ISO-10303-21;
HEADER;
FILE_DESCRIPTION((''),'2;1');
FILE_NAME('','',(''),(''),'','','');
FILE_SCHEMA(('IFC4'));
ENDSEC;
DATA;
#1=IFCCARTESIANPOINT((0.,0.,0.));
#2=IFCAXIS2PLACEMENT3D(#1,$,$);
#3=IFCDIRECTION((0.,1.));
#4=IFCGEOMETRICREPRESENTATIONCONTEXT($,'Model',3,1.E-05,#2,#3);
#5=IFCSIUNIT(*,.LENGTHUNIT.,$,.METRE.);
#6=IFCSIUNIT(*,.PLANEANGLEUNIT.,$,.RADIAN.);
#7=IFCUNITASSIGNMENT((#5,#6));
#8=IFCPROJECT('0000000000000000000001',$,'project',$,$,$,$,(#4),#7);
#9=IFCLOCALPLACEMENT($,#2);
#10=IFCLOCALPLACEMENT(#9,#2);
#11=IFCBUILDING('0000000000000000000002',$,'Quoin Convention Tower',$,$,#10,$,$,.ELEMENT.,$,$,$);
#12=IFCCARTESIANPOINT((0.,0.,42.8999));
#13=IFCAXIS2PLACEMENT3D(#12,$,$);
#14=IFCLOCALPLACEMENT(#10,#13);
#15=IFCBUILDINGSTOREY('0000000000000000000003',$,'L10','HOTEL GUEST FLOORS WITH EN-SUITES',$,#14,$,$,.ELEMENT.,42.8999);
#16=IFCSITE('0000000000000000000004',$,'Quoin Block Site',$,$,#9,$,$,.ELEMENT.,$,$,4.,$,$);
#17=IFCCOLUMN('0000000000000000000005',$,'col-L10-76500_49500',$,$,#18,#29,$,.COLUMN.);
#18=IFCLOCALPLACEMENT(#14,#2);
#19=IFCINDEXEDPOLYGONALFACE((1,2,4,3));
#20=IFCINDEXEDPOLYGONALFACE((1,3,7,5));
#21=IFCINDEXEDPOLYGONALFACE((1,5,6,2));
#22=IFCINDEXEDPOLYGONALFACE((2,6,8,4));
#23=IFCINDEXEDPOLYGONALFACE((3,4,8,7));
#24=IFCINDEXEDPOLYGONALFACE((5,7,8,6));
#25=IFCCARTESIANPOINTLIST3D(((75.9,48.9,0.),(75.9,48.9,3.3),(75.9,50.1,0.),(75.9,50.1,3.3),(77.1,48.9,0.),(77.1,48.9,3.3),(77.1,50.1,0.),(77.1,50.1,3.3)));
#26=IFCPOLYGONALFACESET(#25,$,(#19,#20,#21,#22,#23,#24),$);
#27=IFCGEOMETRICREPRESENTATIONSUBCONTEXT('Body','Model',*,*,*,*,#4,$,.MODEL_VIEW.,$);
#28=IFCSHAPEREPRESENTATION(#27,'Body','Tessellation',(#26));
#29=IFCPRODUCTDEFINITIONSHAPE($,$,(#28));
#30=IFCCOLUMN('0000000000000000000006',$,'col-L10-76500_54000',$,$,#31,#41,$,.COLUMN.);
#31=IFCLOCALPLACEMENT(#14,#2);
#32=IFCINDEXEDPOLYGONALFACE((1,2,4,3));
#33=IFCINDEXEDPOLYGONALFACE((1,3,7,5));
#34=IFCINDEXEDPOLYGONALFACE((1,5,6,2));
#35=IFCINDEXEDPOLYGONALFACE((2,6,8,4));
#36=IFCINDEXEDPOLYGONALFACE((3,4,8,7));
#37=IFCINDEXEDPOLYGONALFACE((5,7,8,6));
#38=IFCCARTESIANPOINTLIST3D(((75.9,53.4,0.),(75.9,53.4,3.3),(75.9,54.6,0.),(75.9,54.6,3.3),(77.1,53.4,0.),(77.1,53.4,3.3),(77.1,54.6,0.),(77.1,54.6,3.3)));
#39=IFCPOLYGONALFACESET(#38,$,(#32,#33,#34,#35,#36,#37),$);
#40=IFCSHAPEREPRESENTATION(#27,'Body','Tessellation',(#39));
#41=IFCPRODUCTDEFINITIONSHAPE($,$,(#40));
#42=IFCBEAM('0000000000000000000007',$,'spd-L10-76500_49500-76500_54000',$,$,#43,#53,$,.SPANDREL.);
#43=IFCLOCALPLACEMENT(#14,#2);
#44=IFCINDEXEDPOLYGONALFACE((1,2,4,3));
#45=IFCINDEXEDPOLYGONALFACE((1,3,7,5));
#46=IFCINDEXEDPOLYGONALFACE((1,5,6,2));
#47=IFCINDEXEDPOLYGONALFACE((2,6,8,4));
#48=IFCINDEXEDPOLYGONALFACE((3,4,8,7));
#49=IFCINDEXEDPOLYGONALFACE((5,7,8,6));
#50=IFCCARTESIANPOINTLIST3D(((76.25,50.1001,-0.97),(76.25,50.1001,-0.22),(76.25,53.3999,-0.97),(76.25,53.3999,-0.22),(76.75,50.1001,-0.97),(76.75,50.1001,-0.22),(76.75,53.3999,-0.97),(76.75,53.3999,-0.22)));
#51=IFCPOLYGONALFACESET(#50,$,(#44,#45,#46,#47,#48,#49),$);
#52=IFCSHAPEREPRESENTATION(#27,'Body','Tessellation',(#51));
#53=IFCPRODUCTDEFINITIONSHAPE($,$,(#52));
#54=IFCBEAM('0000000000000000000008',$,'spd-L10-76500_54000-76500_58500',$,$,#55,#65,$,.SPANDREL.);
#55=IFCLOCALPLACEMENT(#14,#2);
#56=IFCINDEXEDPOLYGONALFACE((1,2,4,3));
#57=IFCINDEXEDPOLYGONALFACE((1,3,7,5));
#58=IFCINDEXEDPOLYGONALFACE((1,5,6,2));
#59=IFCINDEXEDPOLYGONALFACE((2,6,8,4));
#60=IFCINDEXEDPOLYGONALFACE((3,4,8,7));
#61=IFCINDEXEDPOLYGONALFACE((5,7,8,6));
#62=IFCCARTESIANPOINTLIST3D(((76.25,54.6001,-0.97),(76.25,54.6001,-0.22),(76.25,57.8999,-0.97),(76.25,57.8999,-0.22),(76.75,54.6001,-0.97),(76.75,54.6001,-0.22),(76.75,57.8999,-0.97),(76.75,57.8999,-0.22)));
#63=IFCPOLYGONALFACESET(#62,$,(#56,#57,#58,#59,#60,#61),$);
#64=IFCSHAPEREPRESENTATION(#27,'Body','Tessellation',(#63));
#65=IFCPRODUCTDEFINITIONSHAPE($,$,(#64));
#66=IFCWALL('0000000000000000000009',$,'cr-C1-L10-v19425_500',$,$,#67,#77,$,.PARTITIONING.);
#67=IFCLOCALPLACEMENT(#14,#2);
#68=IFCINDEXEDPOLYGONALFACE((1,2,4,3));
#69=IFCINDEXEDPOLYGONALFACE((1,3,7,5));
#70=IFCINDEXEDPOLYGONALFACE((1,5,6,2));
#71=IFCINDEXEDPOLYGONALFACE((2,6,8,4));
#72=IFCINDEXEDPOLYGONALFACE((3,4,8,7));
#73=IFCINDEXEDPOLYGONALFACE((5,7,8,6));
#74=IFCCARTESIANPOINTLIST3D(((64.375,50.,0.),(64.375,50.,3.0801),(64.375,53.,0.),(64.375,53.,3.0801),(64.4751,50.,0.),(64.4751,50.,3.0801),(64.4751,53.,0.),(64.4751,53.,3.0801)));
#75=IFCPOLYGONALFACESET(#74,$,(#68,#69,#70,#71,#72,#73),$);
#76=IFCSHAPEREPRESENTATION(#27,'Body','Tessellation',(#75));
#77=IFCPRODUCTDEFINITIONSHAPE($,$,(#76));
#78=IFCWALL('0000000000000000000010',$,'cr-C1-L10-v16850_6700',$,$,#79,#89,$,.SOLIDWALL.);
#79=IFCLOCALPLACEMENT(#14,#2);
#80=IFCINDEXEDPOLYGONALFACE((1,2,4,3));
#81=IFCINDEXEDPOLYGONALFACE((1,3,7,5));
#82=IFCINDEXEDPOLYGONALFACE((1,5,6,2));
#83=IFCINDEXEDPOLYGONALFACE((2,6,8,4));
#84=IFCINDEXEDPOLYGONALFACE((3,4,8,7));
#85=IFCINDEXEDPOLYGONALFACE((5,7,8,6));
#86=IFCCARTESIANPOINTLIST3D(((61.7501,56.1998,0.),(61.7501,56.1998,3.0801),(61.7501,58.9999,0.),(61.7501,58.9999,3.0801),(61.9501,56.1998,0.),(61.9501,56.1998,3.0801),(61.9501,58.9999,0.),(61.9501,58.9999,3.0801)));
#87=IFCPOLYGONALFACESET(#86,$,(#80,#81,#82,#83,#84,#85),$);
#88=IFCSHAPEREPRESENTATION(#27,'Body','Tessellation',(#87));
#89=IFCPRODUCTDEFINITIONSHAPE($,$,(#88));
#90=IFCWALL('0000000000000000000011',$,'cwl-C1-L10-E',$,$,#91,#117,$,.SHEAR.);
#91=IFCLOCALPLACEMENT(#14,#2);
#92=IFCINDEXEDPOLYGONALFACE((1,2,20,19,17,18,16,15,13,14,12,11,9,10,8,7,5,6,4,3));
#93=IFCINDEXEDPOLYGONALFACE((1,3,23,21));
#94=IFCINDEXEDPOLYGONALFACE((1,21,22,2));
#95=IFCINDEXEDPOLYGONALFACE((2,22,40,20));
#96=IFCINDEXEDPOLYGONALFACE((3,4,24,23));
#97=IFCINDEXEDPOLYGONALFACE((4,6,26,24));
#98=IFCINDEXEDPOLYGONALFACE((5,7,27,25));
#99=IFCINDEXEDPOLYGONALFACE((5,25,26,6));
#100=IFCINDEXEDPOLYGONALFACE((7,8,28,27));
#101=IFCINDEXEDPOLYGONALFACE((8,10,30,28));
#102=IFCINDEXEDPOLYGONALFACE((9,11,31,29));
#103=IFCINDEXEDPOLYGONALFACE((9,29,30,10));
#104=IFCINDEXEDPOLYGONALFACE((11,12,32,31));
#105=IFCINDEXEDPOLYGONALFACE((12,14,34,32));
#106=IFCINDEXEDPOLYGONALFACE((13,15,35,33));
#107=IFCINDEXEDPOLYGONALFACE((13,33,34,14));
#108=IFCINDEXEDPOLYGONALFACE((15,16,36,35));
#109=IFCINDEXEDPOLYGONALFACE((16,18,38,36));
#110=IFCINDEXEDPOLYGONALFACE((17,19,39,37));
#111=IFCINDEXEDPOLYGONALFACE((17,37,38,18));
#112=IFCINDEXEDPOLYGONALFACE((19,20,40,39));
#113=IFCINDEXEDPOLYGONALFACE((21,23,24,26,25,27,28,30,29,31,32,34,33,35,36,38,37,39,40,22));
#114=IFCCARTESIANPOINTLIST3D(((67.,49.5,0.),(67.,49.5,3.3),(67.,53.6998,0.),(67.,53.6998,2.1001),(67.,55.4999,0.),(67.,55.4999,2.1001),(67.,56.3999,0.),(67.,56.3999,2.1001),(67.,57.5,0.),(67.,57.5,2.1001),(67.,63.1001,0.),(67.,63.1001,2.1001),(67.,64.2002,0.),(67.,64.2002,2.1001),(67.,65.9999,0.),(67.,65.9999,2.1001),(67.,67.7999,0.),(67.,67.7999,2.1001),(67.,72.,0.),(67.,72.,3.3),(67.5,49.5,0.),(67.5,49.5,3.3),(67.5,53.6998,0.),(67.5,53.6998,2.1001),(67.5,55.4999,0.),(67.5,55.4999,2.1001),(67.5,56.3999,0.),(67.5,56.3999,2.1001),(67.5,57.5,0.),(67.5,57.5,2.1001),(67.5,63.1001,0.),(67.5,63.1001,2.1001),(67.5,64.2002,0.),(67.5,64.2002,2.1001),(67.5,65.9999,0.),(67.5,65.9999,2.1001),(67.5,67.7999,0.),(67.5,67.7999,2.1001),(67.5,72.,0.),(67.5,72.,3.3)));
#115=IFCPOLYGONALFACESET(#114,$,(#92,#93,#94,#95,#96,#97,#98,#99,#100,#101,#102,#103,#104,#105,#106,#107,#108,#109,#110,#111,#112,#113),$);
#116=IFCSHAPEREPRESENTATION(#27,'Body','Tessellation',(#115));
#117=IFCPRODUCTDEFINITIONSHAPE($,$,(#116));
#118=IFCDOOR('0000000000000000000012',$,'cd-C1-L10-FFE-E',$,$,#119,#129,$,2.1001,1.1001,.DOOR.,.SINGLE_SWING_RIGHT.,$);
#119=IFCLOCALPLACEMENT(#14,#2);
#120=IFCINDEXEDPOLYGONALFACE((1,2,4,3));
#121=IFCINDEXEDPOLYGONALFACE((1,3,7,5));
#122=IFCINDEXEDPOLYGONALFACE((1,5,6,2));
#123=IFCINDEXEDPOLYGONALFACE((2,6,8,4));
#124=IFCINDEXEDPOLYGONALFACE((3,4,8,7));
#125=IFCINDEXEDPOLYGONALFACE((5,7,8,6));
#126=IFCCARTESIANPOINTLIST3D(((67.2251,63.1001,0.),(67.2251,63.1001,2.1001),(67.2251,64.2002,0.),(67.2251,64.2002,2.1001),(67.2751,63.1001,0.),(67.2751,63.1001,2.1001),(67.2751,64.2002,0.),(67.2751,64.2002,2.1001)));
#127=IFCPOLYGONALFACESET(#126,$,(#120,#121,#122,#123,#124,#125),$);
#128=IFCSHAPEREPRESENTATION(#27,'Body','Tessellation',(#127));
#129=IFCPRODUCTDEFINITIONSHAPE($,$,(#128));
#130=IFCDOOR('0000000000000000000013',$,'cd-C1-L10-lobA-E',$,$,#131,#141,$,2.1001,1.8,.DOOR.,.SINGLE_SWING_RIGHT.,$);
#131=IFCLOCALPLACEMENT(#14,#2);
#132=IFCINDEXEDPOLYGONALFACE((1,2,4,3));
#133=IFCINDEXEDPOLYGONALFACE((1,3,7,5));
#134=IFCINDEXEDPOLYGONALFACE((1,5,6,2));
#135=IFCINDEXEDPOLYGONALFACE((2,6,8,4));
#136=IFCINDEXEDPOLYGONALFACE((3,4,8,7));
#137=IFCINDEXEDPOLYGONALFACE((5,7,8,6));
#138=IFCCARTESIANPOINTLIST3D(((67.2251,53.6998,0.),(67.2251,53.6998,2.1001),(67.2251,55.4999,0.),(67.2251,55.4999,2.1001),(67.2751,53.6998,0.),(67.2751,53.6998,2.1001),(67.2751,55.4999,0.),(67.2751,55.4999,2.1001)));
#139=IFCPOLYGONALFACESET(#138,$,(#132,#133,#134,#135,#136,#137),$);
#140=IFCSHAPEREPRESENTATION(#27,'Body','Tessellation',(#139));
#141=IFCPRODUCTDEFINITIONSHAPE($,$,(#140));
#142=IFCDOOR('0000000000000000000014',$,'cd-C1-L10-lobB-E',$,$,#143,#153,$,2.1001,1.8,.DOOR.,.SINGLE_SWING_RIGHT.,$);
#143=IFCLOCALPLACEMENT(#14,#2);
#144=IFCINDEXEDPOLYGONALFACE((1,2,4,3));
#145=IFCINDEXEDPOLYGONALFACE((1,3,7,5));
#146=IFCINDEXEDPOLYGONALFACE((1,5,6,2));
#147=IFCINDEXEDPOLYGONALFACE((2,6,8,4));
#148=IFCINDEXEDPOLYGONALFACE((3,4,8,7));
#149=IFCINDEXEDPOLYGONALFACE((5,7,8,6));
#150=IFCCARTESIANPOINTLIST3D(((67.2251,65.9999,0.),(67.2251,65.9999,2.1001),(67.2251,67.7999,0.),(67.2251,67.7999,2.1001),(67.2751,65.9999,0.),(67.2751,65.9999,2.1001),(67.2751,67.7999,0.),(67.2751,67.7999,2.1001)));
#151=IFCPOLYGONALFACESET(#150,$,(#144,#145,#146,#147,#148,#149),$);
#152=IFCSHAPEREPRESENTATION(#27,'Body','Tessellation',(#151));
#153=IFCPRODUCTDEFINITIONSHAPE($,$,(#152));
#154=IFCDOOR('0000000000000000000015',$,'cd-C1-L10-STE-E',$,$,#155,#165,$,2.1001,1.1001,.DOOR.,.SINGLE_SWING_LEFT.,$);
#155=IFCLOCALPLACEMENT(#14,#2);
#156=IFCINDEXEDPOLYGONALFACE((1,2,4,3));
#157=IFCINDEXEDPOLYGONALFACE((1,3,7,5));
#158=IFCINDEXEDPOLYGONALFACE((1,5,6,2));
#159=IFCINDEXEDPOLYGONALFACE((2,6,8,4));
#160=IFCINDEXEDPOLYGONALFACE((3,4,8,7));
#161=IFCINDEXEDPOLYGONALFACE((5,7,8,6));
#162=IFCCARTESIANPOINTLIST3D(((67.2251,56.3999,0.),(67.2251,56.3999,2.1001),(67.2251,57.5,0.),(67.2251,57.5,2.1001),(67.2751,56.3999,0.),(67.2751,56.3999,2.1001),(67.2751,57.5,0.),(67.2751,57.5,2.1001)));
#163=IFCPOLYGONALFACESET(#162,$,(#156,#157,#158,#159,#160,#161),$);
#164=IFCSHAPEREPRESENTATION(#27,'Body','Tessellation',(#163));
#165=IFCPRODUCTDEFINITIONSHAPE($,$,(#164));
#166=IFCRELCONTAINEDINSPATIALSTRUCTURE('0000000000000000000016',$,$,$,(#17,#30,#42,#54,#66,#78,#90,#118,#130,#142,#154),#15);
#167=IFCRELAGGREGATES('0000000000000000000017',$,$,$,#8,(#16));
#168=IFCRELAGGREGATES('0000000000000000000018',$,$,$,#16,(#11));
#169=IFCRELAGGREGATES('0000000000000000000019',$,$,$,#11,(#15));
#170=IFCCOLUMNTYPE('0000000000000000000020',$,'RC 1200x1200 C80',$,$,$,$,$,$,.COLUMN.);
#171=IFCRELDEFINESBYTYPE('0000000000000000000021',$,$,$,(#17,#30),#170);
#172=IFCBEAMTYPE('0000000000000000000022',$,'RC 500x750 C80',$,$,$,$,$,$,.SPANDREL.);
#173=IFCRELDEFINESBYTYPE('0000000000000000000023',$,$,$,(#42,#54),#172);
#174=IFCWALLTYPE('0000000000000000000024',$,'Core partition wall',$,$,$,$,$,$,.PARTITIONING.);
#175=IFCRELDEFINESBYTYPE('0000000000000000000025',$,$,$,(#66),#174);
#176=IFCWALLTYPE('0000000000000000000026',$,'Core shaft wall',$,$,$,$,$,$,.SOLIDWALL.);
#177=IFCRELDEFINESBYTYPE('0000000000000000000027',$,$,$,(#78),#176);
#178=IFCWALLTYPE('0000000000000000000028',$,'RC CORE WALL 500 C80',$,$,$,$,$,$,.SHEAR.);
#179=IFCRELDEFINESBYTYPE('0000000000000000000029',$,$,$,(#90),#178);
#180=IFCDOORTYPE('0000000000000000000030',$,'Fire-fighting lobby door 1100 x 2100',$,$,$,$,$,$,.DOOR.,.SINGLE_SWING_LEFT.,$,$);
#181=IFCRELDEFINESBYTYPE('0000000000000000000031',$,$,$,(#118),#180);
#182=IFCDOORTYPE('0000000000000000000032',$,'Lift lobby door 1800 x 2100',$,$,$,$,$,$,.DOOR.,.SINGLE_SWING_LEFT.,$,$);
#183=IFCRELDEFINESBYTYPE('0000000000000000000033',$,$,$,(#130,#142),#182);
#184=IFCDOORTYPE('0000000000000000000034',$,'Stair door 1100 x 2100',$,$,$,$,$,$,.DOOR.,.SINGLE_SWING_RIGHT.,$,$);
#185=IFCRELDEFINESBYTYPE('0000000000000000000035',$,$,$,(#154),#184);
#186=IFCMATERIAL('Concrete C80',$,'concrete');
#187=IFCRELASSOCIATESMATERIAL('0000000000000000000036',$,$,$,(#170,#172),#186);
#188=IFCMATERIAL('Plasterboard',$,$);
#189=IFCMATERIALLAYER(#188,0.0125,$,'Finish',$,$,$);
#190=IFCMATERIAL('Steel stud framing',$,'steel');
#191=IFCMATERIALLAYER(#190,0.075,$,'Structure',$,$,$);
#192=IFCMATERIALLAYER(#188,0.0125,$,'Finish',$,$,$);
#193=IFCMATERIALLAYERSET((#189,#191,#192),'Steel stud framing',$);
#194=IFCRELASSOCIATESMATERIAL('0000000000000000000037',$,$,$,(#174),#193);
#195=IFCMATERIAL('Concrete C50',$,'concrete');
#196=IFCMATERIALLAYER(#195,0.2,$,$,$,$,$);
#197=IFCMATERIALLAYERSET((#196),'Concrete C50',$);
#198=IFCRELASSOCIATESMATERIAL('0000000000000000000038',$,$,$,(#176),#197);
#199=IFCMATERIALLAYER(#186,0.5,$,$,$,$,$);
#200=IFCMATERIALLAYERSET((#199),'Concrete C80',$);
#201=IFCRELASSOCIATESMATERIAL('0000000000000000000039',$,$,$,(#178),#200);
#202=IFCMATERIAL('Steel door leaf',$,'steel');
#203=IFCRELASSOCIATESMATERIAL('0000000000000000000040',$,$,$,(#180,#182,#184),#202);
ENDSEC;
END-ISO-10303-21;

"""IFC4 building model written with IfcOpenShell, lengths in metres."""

from ifc_helpers import new_model, si_unit, direction, frame, frame_2d, origin, origin_2d, place, context, subcontext, project, spatial, rectangle, extrude, material, layer, layer_set, material_profile, profile_set, type_object, element, fill, save


model = new_model("IFC4")

# Units and contexts
model_context = context("Model", 3, precision=1e-05, world=origin(), true_north=direction((0.0, 1.0)))
body_context = subcontext(model_context, "Body", "Model", "MODEL_VIEW")
ifc_project = project(units=[si_unit("LENGTHUNIT", "METRE"), si_unit("PLANEANGLEUNIT", "RADIAN")], contexts=[model_context])

# Site, building, storey
site_placement = place(None, origin())
site = spatial("IfcSite", under=ifc_project, at=site_placement, Name="Quoin Block Site", CompositionType="ELEMENT", RefElevation=4.0)
building_placement = place(site_placement, origin())
building = spatial("IfcBuilding", under=site, at=building_placement, Name="Quoin Convention Tower", CompositionType="ELEMENT")
storey_placement = place(building_placement, frame((0.0, 0.0, 42.8999)))
storey = spatial("IfcBuildingStorey", under=building, at=storey_placement, Name="L10", Description="HOTEL GUEST FLOORS WITH EN-SUITES", CompositionType="ELEMENT", Elevation=42.8999)

# Columns
ifc_material_1 = material(Name="Concrete C80", Category="concrete")
ifc_material_profile_1 = material_profile(ifc_material_1, rectangle(XDim=1.2, YDim=1.2, at=origin_2d()), Name="RC 1200x1200")
ifc_profile_set_1 = profile_set([ifc_material_profile_1], Name="Concrete C80")
column_type = type_object("IfcColumnType", Name="RC 1200x1200 C80", PredefinedType="COLUMN", material=ifc_profile_set_1)
for number, where, z_axis, x_axis, name in (
    (1, (76.5, 49.5, 0.0), (0.0, 0.0, 1.0), (1.0, 0.0, 0.0), "col-L10-76500_49500"),
    (2, (76.5, 54.0, 0.0), (0.0, 0.0, 1.0), (1.0, 0.0, 0.0), "col-L10-76500_54000"),
):
    element("IfcColumn", number, at=place(storey_placement, frame(where, z_axis=z_axis, x_axis=x_axis)), inside=storey, type_object=column_type, Name=name, PredefinedType="COLUMN", context=body_context, shape_type="SweptSolid", body=[
        extrude(rectangle(XDim=1.2, YDim=1.2, at=origin_2d()), origin(), (0.0, 0.0, 1.0), 3.3),
    ])

# Beams
ifc_material_profile_2 = material_profile(ifc_material_1, rectangle(XDim=0.5, YDim=0.75, at=origin_2d()), Name="RC 500x750")
ifc_profile_set_2 = profile_set([ifc_material_profile_2], Name="Concrete C80")
beam_type = type_object("IfcBeamType", Name="RC 500x750 C80", PredefinedType="SPANDREL", material=ifc_profile_set_2)
for number, where, z_axis, x_axis, name in (
    (3, (76.5, 50.1001, -0.595), (0.0, 1.0, 0.0), (-1.0, 0.0, 0.0), "spd-L10-76500_49500-76500_54000"),
    (4, (76.5, 54.6001, -0.595), (0.0, 1.0, 0.0), (-1.0, 0.0, 0.0), "spd-L10-76500_54000-76500_58500"),
):
    element("IfcBeam", number, at=place(storey_placement, frame(where, z_axis=z_axis, x_axis=x_axis)), inside=storey, type_object=beam_type, Name=name, PredefinedType="SPANDREL", context=body_context, shape_type="SweptSolid", body=[
        extrude(rectangle(XDim=0.5, YDim=0.75, at=origin_2d()), origin(), (0.0, 0.0, 1.0), 3.2998),
    ])

# Walls
ifc_material_2 = material(Name="Plasterboard")
ifc_layer_1 = layer(ifc_material_2, 0.0125, Name="Finish")
ifc_material_3 = material(Name="Steel stud framing", Category="steel")
ifc_layer_2 = layer(ifc_material_3, 0.075, Name="Structure")
ifc_layer_3 = layer(ifc_material_2, 0.0125, Name="Finish")
ifc_layer_set_1 = layer_set([ifc_layer_1, ifc_layer_2, ifc_layer_3], Name="Steel stud framing")
wall_type_1 = type_object("IfcWallType", Name="Core partition wall", PredefinedType="PARTITIONING", material=ifc_layer_set_1)
wall_1_placement = place(storey_placement, frame((64.425, 50.0, 0.0), z_axis=(0.0, 0.0, 1.0), x_axis=(0.0, 1.0, 0.0)))
element("IfcWall", 5, at=wall_1_placement, inside=storey, type_object=wall_type_1, Name="cr-C1-L10-v19425_500", PredefinedType="PARTITIONING", context=body_context, shape_type="SweptSolid", body=[
    extrude(rectangle(XDim=3.0, YDim=0.1001, at=frame_2d((1.5, 0.0))), origin(), (0.0, 0.0, 1.0), 3.0801),
])
ifc_material_4 = material(Name="Concrete C50", Category="concrete")
ifc_layer_4 = layer(ifc_material_4, 0.2)
ifc_layer_set_2 = layer_set([ifc_layer_4], Name="Concrete C50")
wall_type_2 = type_object("IfcWallType", Name="Core shaft wall", PredefinedType="SOLIDWALL", material=ifc_layer_set_2)
wall_2_placement = place(storey_placement, frame((61.8501, 56.2, 0.0), z_axis=(0.0, 0.0, 1.0), x_axis=(0.0, 1.0, 0.0)))
element("IfcWall", 6, at=wall_2_placement, inside=storey, type_object=wall_type_2, Name="cr-C1-L10-v16850_6700", PredefinedType="SOLIDWALL", context=body_context, shape_type="SweptSolid", body=[
    extrude(rectangle(XDim=2.8, YDim=0.2, at=frame_2d((1.3999, 0.0))), origin(), (0.0, 0.0, 1.0), 3.0801),
])

# Wall, openings, doors
ifc_layer_5 = layer(ifc_material_1, 0.5)
ifc_layer_set_3 = layer_set([ifc_layer_5], Name="Concrete C80")
wall_type_3 = type_object("IfcWallType", Name="RC CORE WALL 500 C80", PredefinedType="SHEAR", material=ifc_layer_set_3)
wall_3_placement = place(storey_placement, frame((67.25, 49.5, 0.0), z_axis=(0.0, 0.0, 1.0), x_axis=(0.0, 1.0, 0.0)))
wall_3 = element("IfcWall", 7, at=wall_3_placement, inside=storey, type_object=wall_type_3, Name="cwl-C1-L10-E", PredefinedType="SHEAR", context=body_context, shape_type="SweptSolid", body=[
    extrude(rectangle(XDim=22.5, YDim=0.5, at=frame_2d((11.25, 0.0))), origin(), (0.0, 0.0, 1.0), 3.3),
])
opening_1_placement = place(wall_3_placement, frame((4.2, 0.0, 0.0)))
opening_1 = element("IfcOpeningElement", 8, at=opening_1_placement, cuts=wall_3, PredefinedType="OPENING", context=body_context, shape_type="SweptSolid", body=[
    extrude(rectangle(XDim=1.8, YDim=2.1001, at=frame_2d((0.8999, 1.05))), frame((0.0, 0.26, 0.0), z_axis=(0.0, -1.0, 0.0), x_axis=(1.0, 0.0, 0.0)), (0.0, 0.0, 1.0), 0.52),
])
opening_2_placement = place(wall_3_placement, frame((6.8999, 0.0, 0.0)))
opening_2 = element("IfcOpeningElement", 9, at=opening_2_placement, cuts=wall_3, PredefinedType="OPENING", context=body_context, shape_type="SweptSolid", body=[
    extrude(rectangle(XDim=1.1001, YDim=2.1001, at=frame_2d((0.55, 1.05))), frame((0.0, 0.26, 0.0), z_axis=(0.0, -1.0, 0.0), x_axis=(1.0, 0.0, 0.0)), (0.0, 0.0, 1.0), 0.52),
])
opening_3_placement = place(wall_3_placement, frame((13.6001, 0.0, 0.0)))
opening_3 = element("IfcOpeningElement", 10, at=opening_3_placement, cuts=wall_3, PredefinedType="OPENING", context=body_context, shape_type="SweptSolid", body=[
    extrude(rectangle(XDim=1.1001, YDim=2.1001, at=frame_2d((0.55, 1.05))), frame((0.0, 0.26, 0.0), z_axis=(0.0, -1.0, 0.0), x_axis=(1.0, 0.0, 0.0)), (0.0, 0.0, 1.0), 0.52),
])
opening_4_placement = place(wall_3_placement, frame((16.5, 0.0, 0.0)))
opening_4 = element("IfcOpeningElement", 11, at=opening_4_placement, cuts=wall_3, PredefinedType="OPENING", context=body_context, shape_type="SweptSolid", body=[
    extrude(rectangle(XDim=1.8, YDim=2.1001, at=frame_2d((0.8999, 1.05))), frame((0.0, 0.26, 0.0), z_axis=(0.0, -1.0, 0.0), x_axis=(1.0, 0.0, 0.0)), (0.0, 0.0, 1.0), 0.52),
])
ifc_material_5 = material(Name="Steel door leaf", Category="steel")
door_type_1 = type_object("IfcDoorType", Name="Fire-fighting lobby door 1100 x 2100", OperationType="SINGLE_SWING_LEFT", PredefinedType="DOOR", material=ifc_material_5)
door_1_placement = place(opening_3_placement, origin())
door_1 = element("IfcDoor", 12, at=door_1_placement, inside=storey, type_object=door_type_1, Name="cd-C1-L10-FFE-E", OperationType="SINGLE_SWING_RIGHT", OverallHeight=2.1001, OverallWidth=1.1001, PredefinedType="DOOR", context=body_context, shape_type="SweptSolid", body=[
    extrude(rectangle(XDim=1.1001, YDim=2.1001, at=frame_2d((0.55, 1.05))), frame((0.0, 0.0249, 0.0), z_axis=(0.0, -1.0, 0.0), x_axis=(1.0, 0.0, 0.0)), (0.0, 0.0, 1.0), 0.05),
])
fill(opening_3, door_1)
door_type_2 = type_object("IfcDoorType", Name="Lift lobby door 1800 x 2100", OperationType="SINGLE_SWING_LEFT", PredefinedType="DOOR", material=ifc_material_5)
door_2_placement = place(opening_1_placement, origin())
door_2 = element("IfcDoor", 13, at=door_2_placement, inside=storey, type_object=door_type_2, Name="cd-C1-L10-lobA-E", OperationType="SINGLE_SWING_RIGHT", OverallHeight=2.1001, OverallWidth=1.8, PredefinedType="DOOR", context=body_context, shape_type="SweptSolid", body=[
    extrude(rectangle(XDim=1.8, YDim=2.1001, at=frame_2d((0.8999, 1.05))), frame((0.0, 0.0249, 0.0), z_axis=(0.0, -1.0, 0.0), x_axis=(1.0, 0.0, 0.0)), (0.0, 0.0, 1.0), 0.05),
])
fill(opening_1, door_2)
door_3_placement = place(opening_4_placement, origin())
door_3 = element("IfcDoor", 14, at=door_3_placement, inside=storey, type_object=door_type_2, Name="cd-C1-L10-lobB-E", OperationType="SINGLE_SWING_RIGHT", OverallHeight=2.1001, OverallWidth=1.8, PredefinedType="DOOR", context=body_context, shape_type="SweptSolid", body=[
    extrude(rectangle(XDim=1.8, YDim=2.1001, at=frame_2d((0.8999, 1.05))), frame((0.0, 0.0249, 0.0), z_axis=(0.0, -1.0, 0.0), x_axis=(1.0, 0.0, 0.0)), (0.0, 0.0, 1.0), 0.05),
])
fill(opening_4, door_3)
door_type_3 = type_object("IfcDoorType", Name="Stair door 1100 x 2100", OperationType="SINGLE_SWING_RIGHT", PredefinedType="DOOR", material=ifc_material_5)
door_4_placement = place(opening_2_placement, origin())
door_4 = element("IfcDoor", 15, at=door_4_placement, inside=storey, type_object=door_type_3, Name="cd-C1-L10-STE-E", OperationType="SINGLE_SWING_LEFT", OverallHeight=2.1001, OverallWidth=1.1001, PredefinedType="DOOR", context=body_context, shape_type="SweptSolid", body=[
    extrude(rectangle(XDim=1.1001, YDim=2.1001, at=frame_2d((0.55, 1.05))), frame((0.0, 0.0249, 0.0), z_axis=(0.0, -1.0, 0.0), x_axis=(1.0, 0.0, 0.0)), (0.0, 0.0, 1.0), 0.05),
])
fill(opening_2, door_4)

save(model, "model.ifc")
